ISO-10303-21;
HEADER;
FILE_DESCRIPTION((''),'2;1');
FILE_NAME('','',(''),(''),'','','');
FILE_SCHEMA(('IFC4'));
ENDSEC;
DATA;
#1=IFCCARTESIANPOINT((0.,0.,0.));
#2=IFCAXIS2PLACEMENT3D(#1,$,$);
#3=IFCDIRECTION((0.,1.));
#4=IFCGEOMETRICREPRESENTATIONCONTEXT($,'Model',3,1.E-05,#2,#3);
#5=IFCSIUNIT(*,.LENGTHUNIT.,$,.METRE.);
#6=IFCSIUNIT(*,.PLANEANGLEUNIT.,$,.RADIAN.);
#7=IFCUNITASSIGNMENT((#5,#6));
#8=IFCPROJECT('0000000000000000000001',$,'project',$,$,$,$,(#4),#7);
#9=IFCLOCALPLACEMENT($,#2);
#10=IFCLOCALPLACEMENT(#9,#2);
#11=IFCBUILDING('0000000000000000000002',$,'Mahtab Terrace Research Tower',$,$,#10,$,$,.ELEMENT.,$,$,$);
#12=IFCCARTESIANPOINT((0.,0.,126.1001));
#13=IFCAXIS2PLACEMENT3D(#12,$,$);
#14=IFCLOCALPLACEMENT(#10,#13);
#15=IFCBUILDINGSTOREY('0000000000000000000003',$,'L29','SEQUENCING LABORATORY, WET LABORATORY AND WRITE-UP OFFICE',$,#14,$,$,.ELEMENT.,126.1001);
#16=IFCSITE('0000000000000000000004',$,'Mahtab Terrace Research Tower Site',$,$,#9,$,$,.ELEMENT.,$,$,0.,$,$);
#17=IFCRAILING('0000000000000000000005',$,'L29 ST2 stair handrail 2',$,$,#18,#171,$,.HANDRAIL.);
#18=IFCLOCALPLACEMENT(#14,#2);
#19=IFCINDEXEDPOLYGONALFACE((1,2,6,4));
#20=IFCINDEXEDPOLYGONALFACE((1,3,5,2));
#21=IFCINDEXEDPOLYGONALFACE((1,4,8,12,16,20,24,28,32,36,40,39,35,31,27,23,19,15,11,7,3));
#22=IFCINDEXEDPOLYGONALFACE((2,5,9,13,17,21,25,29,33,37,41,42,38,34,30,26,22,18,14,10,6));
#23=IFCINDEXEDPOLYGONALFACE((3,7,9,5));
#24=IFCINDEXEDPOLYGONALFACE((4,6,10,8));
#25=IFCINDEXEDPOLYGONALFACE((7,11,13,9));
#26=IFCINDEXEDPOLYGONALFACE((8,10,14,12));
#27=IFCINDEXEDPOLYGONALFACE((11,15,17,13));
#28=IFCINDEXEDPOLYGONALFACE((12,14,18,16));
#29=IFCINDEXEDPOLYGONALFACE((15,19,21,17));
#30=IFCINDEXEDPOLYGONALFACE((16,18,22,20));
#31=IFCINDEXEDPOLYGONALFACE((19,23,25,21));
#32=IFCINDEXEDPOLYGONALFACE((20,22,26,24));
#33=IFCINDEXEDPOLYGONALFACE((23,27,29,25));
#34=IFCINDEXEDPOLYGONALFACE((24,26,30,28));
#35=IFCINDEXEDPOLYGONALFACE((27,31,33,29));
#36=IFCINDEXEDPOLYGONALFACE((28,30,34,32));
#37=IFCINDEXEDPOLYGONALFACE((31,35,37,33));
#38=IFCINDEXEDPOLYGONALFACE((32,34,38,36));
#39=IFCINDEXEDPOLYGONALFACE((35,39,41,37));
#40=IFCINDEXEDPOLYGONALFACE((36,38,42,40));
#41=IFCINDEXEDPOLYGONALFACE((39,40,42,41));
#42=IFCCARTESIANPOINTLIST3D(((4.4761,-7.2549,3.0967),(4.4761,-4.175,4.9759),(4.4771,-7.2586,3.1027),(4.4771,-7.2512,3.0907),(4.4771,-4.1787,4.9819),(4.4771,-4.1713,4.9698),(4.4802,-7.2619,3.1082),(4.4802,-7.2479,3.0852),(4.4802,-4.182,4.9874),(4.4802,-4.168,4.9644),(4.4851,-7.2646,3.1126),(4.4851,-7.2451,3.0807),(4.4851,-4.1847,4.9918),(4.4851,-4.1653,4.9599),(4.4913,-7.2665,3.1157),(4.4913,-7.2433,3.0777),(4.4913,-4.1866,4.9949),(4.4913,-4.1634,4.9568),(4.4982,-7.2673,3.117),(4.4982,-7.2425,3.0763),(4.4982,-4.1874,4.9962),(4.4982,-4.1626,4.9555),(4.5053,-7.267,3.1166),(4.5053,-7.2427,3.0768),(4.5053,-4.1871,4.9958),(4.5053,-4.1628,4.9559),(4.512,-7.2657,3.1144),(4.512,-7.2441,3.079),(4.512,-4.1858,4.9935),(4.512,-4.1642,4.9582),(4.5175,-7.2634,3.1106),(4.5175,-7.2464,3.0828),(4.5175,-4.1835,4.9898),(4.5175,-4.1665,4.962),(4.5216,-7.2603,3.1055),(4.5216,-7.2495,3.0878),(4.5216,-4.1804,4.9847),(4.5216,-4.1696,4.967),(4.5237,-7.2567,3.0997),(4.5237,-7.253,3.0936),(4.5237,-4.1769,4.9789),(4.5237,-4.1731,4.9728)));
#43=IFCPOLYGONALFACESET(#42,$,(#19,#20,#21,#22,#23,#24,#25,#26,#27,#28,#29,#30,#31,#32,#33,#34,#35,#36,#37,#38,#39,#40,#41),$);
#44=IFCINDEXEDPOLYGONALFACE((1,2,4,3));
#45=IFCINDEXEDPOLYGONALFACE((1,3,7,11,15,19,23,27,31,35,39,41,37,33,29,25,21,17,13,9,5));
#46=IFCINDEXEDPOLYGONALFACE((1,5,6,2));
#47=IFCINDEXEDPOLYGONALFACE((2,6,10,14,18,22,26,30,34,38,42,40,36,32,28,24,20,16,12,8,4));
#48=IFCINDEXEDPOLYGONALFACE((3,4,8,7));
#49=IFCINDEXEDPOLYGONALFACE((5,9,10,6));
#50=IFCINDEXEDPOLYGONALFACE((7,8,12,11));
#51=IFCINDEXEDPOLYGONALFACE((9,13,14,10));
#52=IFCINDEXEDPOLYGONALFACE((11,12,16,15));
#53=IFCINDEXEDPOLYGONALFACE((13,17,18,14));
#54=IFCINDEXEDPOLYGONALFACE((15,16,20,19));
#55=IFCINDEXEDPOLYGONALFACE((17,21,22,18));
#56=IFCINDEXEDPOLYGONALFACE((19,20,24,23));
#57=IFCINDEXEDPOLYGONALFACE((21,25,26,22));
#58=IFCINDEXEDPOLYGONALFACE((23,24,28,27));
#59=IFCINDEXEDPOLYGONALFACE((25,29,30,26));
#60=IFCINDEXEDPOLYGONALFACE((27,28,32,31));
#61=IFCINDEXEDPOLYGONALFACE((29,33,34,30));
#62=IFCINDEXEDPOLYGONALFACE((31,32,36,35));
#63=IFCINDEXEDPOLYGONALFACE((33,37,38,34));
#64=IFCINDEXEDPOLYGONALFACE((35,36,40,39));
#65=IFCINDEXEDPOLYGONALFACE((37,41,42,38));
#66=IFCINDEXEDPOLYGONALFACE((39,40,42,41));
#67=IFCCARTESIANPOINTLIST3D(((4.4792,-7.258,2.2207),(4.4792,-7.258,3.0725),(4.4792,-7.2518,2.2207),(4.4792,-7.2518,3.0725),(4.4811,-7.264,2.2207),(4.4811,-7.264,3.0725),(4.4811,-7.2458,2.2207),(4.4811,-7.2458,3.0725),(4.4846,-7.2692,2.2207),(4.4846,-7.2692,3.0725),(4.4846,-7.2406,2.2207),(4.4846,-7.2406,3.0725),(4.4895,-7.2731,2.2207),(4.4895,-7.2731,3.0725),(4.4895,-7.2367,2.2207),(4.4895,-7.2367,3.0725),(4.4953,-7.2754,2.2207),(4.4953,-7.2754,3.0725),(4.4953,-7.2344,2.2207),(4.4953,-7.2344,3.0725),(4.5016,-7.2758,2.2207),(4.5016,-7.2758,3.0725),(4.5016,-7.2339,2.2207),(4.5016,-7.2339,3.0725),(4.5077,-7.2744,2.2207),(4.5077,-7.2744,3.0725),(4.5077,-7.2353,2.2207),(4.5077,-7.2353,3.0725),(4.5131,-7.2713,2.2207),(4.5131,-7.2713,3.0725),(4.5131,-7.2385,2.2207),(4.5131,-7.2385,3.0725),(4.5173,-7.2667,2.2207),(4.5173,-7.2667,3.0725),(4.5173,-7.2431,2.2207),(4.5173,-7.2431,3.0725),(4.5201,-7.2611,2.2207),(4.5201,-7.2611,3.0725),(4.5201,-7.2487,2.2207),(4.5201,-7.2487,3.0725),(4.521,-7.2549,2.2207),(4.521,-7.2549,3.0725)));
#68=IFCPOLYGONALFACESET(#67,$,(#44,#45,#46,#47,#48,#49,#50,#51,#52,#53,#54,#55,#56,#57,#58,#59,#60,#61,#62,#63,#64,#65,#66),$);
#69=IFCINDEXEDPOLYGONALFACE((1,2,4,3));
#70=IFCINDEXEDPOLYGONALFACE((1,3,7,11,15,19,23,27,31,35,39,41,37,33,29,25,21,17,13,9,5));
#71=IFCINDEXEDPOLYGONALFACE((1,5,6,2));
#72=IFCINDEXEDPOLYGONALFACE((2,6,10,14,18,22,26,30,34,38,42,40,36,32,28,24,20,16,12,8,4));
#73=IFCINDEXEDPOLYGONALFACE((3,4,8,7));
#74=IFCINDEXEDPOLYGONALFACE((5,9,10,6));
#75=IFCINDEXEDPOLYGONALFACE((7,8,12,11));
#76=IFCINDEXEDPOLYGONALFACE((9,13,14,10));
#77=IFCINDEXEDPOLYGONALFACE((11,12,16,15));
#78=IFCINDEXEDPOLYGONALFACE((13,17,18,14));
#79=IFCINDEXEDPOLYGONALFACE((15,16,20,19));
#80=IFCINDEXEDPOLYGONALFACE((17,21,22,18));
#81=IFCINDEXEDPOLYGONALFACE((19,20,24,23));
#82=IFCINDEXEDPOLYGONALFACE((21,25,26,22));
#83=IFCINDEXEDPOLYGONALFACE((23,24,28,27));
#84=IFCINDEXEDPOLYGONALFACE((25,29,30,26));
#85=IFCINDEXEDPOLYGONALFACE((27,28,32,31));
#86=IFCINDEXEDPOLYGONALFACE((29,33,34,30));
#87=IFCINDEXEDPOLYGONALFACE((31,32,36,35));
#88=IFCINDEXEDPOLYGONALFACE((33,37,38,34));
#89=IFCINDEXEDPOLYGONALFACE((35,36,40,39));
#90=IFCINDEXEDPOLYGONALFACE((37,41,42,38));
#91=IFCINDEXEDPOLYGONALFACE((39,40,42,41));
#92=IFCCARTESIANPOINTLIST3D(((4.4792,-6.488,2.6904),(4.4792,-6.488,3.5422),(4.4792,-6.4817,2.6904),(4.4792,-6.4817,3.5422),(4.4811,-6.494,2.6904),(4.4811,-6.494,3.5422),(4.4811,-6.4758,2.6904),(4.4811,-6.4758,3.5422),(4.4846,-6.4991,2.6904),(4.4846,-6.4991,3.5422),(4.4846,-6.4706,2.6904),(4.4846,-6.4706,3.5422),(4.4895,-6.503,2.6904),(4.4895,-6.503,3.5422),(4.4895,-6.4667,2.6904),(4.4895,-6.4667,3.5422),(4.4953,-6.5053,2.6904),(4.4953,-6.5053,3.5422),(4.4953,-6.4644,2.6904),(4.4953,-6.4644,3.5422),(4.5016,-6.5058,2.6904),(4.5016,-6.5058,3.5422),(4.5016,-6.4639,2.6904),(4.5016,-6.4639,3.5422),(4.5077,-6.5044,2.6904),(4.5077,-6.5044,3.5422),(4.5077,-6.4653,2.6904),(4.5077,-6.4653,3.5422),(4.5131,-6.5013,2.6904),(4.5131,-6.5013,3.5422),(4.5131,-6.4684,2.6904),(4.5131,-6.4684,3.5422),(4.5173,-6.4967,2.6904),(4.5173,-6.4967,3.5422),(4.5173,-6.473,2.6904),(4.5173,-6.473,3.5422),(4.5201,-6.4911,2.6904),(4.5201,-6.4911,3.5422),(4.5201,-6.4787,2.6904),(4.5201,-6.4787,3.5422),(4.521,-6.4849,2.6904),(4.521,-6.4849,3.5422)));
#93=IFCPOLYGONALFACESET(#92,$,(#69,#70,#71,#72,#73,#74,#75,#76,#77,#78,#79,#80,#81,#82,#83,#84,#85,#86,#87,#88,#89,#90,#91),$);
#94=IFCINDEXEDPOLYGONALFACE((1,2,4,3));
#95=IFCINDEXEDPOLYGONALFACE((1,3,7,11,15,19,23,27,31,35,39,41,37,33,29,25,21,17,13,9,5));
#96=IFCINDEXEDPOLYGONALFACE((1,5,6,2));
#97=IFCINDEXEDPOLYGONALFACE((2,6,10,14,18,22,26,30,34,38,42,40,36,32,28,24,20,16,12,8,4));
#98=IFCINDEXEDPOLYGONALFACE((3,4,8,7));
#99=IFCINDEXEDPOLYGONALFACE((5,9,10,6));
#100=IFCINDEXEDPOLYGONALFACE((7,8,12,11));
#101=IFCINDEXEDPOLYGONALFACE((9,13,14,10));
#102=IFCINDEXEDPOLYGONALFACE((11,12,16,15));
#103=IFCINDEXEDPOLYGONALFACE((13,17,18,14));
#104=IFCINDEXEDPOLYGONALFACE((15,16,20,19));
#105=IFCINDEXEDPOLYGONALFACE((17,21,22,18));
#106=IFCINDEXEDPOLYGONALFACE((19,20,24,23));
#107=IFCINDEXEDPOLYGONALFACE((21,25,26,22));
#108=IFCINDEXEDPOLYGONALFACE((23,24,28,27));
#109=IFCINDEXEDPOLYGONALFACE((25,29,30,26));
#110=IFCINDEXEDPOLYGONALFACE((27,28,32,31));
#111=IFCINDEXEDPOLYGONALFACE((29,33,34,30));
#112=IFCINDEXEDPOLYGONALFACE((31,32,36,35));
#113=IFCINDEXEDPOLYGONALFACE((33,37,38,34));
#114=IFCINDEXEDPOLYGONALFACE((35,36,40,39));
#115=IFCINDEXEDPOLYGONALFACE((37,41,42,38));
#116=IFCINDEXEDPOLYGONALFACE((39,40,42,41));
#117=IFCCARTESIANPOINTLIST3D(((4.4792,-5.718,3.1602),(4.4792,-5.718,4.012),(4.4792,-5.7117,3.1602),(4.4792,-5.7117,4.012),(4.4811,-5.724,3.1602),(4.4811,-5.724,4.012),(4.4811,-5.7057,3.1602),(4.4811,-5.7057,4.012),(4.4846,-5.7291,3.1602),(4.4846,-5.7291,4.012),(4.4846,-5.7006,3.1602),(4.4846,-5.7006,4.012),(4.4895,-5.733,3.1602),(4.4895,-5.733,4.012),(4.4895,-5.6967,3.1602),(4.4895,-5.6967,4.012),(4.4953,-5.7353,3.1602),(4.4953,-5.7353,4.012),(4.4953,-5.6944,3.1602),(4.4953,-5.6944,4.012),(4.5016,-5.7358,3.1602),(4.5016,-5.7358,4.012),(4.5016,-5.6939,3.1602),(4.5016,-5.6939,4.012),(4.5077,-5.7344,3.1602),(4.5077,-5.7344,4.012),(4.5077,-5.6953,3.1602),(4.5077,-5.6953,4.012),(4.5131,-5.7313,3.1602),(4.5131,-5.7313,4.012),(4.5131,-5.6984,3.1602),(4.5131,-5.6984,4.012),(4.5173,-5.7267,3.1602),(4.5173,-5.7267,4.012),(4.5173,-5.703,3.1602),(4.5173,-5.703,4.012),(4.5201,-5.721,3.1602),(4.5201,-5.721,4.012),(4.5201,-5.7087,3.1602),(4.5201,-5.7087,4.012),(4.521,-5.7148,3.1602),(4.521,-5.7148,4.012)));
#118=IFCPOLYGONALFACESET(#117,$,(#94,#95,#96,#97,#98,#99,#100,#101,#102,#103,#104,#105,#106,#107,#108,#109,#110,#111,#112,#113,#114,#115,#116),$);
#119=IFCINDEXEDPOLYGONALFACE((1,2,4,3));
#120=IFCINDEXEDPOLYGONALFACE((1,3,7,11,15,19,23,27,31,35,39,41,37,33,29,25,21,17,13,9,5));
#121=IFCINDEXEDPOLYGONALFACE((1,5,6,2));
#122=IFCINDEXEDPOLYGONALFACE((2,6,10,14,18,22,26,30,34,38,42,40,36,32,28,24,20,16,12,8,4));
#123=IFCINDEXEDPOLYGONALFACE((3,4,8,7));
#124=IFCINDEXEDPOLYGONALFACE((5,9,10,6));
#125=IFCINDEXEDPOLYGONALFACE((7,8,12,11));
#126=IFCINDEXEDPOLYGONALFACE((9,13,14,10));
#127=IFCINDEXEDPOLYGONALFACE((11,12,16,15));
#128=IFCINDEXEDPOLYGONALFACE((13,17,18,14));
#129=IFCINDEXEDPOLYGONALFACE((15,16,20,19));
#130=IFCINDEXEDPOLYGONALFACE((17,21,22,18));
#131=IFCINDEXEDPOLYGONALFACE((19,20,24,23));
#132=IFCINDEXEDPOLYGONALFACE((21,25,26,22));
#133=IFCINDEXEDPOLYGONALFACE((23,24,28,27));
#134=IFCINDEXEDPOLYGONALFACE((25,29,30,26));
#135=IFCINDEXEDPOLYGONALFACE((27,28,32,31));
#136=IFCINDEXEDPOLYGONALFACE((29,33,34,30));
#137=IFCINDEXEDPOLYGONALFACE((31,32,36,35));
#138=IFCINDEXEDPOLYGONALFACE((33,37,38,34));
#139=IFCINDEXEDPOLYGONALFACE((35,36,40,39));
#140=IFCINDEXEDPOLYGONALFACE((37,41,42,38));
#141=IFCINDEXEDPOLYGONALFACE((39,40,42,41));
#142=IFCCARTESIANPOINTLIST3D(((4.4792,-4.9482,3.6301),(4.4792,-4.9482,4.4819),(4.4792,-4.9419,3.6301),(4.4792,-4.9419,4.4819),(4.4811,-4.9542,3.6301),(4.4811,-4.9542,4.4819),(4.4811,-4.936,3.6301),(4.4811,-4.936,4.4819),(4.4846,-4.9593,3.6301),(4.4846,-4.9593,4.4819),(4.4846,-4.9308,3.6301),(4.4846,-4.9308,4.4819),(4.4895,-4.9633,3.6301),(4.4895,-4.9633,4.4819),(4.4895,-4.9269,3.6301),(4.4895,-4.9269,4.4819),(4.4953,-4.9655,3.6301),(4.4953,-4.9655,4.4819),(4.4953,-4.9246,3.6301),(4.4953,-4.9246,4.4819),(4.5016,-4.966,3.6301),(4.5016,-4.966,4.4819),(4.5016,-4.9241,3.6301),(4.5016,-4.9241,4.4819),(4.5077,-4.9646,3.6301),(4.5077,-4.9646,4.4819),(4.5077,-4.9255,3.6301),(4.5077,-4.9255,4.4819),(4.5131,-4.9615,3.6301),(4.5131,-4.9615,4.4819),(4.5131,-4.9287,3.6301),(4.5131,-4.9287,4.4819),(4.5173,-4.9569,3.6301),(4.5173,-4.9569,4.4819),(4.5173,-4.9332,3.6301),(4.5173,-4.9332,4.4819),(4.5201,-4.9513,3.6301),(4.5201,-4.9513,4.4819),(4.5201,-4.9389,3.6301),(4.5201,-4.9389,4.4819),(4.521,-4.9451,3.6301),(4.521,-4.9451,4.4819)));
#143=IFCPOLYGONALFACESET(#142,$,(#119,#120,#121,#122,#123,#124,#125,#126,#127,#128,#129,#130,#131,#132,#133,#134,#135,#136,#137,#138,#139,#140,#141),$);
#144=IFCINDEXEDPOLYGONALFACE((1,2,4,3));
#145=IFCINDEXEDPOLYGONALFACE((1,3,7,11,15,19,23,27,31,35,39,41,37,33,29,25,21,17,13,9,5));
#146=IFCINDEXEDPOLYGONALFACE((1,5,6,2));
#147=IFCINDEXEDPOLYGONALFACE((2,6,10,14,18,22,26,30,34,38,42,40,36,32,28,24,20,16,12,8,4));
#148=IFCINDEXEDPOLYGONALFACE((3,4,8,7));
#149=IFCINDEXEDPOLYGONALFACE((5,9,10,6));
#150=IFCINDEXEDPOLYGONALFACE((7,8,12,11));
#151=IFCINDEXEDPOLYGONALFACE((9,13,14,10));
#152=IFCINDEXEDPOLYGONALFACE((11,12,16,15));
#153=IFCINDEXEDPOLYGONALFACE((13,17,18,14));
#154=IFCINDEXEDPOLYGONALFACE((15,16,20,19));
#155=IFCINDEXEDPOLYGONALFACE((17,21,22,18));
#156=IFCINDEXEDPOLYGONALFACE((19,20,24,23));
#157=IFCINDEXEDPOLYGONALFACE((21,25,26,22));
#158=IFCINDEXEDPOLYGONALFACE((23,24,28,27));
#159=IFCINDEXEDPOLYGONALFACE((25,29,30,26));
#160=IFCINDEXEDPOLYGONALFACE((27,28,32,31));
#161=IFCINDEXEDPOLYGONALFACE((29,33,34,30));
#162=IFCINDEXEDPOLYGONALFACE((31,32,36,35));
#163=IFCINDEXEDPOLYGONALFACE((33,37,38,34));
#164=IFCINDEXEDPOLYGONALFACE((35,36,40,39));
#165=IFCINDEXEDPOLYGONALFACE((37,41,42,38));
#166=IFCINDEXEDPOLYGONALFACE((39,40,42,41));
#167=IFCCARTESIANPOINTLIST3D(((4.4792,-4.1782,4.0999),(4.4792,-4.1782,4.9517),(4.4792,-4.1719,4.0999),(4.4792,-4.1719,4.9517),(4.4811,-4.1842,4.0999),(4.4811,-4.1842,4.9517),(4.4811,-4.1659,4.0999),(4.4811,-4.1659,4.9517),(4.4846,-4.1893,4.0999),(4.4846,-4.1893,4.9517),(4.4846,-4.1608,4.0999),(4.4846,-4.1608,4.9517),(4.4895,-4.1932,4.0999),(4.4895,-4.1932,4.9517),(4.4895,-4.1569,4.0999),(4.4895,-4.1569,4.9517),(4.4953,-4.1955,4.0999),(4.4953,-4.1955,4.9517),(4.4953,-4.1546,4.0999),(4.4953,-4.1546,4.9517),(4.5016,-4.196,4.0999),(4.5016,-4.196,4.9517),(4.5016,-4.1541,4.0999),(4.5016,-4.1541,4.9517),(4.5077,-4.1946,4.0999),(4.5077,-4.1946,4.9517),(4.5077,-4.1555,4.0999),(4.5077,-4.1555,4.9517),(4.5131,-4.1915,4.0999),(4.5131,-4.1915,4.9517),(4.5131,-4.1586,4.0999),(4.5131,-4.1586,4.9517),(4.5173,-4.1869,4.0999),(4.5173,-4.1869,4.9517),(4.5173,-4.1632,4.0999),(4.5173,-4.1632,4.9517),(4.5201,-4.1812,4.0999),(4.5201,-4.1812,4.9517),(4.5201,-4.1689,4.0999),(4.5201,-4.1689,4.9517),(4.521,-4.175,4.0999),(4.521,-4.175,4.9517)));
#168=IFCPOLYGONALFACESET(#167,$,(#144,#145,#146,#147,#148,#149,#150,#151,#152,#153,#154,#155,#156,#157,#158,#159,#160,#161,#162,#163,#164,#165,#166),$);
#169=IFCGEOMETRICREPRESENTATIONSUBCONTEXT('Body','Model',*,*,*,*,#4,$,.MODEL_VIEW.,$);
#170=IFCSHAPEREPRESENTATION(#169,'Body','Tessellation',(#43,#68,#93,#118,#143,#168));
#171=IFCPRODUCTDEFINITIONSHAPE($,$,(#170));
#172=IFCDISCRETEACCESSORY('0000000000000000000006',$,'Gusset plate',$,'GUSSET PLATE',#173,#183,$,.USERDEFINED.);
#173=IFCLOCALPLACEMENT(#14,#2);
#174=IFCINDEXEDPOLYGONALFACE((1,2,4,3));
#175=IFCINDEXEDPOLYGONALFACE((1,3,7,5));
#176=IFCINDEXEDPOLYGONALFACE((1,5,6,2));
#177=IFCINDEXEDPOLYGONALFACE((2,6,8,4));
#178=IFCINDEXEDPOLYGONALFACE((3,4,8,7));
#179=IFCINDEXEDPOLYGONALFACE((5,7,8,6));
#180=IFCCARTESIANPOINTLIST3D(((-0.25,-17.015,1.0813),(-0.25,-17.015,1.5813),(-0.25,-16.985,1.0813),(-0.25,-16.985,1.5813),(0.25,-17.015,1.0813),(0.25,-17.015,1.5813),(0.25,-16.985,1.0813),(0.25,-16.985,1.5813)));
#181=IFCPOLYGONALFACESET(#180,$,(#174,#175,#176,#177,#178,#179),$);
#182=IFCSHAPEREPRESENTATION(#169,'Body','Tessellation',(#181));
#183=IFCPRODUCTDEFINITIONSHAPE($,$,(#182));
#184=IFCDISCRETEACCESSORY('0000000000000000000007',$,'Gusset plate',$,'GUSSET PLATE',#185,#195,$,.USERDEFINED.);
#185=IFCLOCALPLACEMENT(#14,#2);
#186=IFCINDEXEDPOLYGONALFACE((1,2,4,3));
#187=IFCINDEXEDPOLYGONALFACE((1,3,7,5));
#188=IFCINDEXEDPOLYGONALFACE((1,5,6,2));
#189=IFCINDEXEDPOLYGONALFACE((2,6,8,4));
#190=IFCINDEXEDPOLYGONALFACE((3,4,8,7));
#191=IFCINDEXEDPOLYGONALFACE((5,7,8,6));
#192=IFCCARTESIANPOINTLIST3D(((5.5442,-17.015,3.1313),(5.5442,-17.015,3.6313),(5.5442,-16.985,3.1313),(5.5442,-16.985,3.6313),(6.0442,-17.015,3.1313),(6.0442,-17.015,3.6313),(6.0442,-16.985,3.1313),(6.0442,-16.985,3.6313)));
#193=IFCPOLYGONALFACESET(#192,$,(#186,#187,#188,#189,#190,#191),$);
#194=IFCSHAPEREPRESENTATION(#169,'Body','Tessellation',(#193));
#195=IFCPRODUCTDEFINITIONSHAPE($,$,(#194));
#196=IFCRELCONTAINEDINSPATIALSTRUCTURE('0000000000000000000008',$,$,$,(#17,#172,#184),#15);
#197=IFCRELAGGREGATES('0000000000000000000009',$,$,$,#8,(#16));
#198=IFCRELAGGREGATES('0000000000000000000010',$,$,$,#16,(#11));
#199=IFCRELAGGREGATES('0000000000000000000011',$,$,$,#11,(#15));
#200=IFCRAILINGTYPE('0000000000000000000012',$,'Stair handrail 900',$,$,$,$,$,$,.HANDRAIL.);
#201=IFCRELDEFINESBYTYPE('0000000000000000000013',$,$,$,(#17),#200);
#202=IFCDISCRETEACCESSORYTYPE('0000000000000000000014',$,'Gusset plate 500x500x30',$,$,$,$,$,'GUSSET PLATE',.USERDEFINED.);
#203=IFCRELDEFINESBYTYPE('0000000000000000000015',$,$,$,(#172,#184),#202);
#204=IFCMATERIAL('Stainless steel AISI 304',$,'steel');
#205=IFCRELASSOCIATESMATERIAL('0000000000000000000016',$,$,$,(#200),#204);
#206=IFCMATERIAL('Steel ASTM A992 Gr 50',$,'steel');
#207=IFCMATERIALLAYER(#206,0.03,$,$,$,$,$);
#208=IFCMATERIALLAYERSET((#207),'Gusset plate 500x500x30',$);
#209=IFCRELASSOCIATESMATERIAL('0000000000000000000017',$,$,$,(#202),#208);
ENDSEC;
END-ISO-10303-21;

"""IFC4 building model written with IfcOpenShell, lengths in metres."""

from ifc_helpers import new_model, si_unit, direction, frame, origin, origin_2d, place, context, subcontext, project, spatial, rectangle, circle, extrude, material, layer, layer_set, type_object, element, save


model = new_model("IFC4")

# Units and contexts
model_context = context("Model", 3, precision=1e-05, world=origin(), true_north=direction((0.0, 1.0)))
body_context = subcontext(model_context, "Body", "Model", "MODEL_VIEW")
ifc_project = project(units=[si_unit("LENGTHUNIT", "METRE"), si_unit("PLANEANGLEUNIT", "RADIAN")], contexts=[model_context])

# Site, building, storey
site_placement = place(None, origin())
site = spatial("IfcSite", under=ifc_project, at=site_placement, Name="Mahtab Terrace Research Tower Site", CompositionType="ELEMENT", RefElevation=0.0)
building_placement = place(site_placement, origin())
building = spatial("IfcBuilding", under=site, at=building_placement, Name="Mahtab Terrace Research Tower", CompositionType="ELEMENT")
storey_placement = place(building_placement, frame((0.0, 0.0, 126.1001)))
storey = spatial("IfcBuildingStorey", under=building, at=storey_placement, Name="L29", Description="SEQUENCING LABORATORY, WET LABORATORY AND WRITE-UP OFFICE", CompositionType="ELEMENT", Elevation=126.1001)

# Shared definitions
ifc_material_1 = material(Name="Steel ASTM A992 Gr 50", Category="steel")

# Railing
ifc_material_2 = material(Name="Stainless steel AISI 304", Category="steel")
railing_type_1 = type_object("IfcRailingType", Name="Stair handrail 900", PredefinedType="HANDRAIL", material=ifc_material_2)
railing_1_placement = place(storey_placement, frame((4.5, -7.2549, 2.2207)))
element("IfcRailing", 1, at=railing_1_placement, inside=storey, type_object=railing_type_1, Name="L29 ST2 stair handrail 2", PredefinedType="HANDRAIL", context=body_context, shape_type="SweptSolid", body=[
    extrude(circle(Radius=0.0239, at=origin_2d()), frame((0.0, 0.0, 0.876), z_axis=(0.0, 0.853648, 0.52085), x_axis=(-1.0, 0.0, 0.0)), (0.0, 0.0, 1.0), 3.6079),
    extrude(circle(Radius=0.021, at=origin_2d()), origin(), (0.0, 0.0, 1.0), 0.8518),
    extrude(circle(Radius=0.021, at=origin_2d()), frame((0.0, 0.77, 0.4697)), (0.0, 0.0, 1.0), 0.8518),
    extrude(circle(Radius=0.021, at=origin_2d()), frame((0.0, 1.54, 0.9395)), (0.0, 0.0, 1.0), 0.8518),
    extrude(circle(Radius=0.021, at=origin_2d()), frame((0.0, 2.3098, 1.4094)), (0.0, 0.0, 1.0), 0.8518),
    extrude(circle(Radius=0.021, at=origin_2d()), frame((0.0, 3.0798, 1.8792)), (0.0, 0.0, 1.0), 0.8518),
])

# Discrete accessories
ifc_layer_1 = layer(ifc_material_1, 0.03)
ifc_layer_set_1 = layer_set([ifc_layer_1], Name="Gusset plate 500x500x30")
discrete_accessory_type = type_object("IfcDiscreteAccessoryType", Name="Gusset plate 500x500x30", ElementType="GUSSET PLATE", PredefinedType="USERDEFINED", material=ifc_layer_set_1)
for number, where, z_axis, x_axis, name in (
    (2, (0.0, -17.0, 1.0813), (0.0, 0.0, 1.0), (1.0, 0.0, 0.0), "Gusset plate"),
    (3, (5.7942, -17.0, 3.1313), (0.0, 0.0, 1.0), (1.0, 0.0, 0.0), "Gusset plate"),
):
    element("IfcDiscreteAccessory", number, at=place(storey_placement, frame(where, z_axis=z_axis, x_axis=x_axis)), inside=storey, type_object=discrete_accessory_type, Name=name, ObjectType="GUSSET PLATE", PredefinedType="USERDEFINED", context=body_context, shape_type="SweptSolid", body=[
        extrude(rectangle(XDim=0.5, YDim=0.03, at=origin_2d()), origin(), (0.0, 0.0, 1.0), 0.5),
    ])

save(model, "model.ifc")
